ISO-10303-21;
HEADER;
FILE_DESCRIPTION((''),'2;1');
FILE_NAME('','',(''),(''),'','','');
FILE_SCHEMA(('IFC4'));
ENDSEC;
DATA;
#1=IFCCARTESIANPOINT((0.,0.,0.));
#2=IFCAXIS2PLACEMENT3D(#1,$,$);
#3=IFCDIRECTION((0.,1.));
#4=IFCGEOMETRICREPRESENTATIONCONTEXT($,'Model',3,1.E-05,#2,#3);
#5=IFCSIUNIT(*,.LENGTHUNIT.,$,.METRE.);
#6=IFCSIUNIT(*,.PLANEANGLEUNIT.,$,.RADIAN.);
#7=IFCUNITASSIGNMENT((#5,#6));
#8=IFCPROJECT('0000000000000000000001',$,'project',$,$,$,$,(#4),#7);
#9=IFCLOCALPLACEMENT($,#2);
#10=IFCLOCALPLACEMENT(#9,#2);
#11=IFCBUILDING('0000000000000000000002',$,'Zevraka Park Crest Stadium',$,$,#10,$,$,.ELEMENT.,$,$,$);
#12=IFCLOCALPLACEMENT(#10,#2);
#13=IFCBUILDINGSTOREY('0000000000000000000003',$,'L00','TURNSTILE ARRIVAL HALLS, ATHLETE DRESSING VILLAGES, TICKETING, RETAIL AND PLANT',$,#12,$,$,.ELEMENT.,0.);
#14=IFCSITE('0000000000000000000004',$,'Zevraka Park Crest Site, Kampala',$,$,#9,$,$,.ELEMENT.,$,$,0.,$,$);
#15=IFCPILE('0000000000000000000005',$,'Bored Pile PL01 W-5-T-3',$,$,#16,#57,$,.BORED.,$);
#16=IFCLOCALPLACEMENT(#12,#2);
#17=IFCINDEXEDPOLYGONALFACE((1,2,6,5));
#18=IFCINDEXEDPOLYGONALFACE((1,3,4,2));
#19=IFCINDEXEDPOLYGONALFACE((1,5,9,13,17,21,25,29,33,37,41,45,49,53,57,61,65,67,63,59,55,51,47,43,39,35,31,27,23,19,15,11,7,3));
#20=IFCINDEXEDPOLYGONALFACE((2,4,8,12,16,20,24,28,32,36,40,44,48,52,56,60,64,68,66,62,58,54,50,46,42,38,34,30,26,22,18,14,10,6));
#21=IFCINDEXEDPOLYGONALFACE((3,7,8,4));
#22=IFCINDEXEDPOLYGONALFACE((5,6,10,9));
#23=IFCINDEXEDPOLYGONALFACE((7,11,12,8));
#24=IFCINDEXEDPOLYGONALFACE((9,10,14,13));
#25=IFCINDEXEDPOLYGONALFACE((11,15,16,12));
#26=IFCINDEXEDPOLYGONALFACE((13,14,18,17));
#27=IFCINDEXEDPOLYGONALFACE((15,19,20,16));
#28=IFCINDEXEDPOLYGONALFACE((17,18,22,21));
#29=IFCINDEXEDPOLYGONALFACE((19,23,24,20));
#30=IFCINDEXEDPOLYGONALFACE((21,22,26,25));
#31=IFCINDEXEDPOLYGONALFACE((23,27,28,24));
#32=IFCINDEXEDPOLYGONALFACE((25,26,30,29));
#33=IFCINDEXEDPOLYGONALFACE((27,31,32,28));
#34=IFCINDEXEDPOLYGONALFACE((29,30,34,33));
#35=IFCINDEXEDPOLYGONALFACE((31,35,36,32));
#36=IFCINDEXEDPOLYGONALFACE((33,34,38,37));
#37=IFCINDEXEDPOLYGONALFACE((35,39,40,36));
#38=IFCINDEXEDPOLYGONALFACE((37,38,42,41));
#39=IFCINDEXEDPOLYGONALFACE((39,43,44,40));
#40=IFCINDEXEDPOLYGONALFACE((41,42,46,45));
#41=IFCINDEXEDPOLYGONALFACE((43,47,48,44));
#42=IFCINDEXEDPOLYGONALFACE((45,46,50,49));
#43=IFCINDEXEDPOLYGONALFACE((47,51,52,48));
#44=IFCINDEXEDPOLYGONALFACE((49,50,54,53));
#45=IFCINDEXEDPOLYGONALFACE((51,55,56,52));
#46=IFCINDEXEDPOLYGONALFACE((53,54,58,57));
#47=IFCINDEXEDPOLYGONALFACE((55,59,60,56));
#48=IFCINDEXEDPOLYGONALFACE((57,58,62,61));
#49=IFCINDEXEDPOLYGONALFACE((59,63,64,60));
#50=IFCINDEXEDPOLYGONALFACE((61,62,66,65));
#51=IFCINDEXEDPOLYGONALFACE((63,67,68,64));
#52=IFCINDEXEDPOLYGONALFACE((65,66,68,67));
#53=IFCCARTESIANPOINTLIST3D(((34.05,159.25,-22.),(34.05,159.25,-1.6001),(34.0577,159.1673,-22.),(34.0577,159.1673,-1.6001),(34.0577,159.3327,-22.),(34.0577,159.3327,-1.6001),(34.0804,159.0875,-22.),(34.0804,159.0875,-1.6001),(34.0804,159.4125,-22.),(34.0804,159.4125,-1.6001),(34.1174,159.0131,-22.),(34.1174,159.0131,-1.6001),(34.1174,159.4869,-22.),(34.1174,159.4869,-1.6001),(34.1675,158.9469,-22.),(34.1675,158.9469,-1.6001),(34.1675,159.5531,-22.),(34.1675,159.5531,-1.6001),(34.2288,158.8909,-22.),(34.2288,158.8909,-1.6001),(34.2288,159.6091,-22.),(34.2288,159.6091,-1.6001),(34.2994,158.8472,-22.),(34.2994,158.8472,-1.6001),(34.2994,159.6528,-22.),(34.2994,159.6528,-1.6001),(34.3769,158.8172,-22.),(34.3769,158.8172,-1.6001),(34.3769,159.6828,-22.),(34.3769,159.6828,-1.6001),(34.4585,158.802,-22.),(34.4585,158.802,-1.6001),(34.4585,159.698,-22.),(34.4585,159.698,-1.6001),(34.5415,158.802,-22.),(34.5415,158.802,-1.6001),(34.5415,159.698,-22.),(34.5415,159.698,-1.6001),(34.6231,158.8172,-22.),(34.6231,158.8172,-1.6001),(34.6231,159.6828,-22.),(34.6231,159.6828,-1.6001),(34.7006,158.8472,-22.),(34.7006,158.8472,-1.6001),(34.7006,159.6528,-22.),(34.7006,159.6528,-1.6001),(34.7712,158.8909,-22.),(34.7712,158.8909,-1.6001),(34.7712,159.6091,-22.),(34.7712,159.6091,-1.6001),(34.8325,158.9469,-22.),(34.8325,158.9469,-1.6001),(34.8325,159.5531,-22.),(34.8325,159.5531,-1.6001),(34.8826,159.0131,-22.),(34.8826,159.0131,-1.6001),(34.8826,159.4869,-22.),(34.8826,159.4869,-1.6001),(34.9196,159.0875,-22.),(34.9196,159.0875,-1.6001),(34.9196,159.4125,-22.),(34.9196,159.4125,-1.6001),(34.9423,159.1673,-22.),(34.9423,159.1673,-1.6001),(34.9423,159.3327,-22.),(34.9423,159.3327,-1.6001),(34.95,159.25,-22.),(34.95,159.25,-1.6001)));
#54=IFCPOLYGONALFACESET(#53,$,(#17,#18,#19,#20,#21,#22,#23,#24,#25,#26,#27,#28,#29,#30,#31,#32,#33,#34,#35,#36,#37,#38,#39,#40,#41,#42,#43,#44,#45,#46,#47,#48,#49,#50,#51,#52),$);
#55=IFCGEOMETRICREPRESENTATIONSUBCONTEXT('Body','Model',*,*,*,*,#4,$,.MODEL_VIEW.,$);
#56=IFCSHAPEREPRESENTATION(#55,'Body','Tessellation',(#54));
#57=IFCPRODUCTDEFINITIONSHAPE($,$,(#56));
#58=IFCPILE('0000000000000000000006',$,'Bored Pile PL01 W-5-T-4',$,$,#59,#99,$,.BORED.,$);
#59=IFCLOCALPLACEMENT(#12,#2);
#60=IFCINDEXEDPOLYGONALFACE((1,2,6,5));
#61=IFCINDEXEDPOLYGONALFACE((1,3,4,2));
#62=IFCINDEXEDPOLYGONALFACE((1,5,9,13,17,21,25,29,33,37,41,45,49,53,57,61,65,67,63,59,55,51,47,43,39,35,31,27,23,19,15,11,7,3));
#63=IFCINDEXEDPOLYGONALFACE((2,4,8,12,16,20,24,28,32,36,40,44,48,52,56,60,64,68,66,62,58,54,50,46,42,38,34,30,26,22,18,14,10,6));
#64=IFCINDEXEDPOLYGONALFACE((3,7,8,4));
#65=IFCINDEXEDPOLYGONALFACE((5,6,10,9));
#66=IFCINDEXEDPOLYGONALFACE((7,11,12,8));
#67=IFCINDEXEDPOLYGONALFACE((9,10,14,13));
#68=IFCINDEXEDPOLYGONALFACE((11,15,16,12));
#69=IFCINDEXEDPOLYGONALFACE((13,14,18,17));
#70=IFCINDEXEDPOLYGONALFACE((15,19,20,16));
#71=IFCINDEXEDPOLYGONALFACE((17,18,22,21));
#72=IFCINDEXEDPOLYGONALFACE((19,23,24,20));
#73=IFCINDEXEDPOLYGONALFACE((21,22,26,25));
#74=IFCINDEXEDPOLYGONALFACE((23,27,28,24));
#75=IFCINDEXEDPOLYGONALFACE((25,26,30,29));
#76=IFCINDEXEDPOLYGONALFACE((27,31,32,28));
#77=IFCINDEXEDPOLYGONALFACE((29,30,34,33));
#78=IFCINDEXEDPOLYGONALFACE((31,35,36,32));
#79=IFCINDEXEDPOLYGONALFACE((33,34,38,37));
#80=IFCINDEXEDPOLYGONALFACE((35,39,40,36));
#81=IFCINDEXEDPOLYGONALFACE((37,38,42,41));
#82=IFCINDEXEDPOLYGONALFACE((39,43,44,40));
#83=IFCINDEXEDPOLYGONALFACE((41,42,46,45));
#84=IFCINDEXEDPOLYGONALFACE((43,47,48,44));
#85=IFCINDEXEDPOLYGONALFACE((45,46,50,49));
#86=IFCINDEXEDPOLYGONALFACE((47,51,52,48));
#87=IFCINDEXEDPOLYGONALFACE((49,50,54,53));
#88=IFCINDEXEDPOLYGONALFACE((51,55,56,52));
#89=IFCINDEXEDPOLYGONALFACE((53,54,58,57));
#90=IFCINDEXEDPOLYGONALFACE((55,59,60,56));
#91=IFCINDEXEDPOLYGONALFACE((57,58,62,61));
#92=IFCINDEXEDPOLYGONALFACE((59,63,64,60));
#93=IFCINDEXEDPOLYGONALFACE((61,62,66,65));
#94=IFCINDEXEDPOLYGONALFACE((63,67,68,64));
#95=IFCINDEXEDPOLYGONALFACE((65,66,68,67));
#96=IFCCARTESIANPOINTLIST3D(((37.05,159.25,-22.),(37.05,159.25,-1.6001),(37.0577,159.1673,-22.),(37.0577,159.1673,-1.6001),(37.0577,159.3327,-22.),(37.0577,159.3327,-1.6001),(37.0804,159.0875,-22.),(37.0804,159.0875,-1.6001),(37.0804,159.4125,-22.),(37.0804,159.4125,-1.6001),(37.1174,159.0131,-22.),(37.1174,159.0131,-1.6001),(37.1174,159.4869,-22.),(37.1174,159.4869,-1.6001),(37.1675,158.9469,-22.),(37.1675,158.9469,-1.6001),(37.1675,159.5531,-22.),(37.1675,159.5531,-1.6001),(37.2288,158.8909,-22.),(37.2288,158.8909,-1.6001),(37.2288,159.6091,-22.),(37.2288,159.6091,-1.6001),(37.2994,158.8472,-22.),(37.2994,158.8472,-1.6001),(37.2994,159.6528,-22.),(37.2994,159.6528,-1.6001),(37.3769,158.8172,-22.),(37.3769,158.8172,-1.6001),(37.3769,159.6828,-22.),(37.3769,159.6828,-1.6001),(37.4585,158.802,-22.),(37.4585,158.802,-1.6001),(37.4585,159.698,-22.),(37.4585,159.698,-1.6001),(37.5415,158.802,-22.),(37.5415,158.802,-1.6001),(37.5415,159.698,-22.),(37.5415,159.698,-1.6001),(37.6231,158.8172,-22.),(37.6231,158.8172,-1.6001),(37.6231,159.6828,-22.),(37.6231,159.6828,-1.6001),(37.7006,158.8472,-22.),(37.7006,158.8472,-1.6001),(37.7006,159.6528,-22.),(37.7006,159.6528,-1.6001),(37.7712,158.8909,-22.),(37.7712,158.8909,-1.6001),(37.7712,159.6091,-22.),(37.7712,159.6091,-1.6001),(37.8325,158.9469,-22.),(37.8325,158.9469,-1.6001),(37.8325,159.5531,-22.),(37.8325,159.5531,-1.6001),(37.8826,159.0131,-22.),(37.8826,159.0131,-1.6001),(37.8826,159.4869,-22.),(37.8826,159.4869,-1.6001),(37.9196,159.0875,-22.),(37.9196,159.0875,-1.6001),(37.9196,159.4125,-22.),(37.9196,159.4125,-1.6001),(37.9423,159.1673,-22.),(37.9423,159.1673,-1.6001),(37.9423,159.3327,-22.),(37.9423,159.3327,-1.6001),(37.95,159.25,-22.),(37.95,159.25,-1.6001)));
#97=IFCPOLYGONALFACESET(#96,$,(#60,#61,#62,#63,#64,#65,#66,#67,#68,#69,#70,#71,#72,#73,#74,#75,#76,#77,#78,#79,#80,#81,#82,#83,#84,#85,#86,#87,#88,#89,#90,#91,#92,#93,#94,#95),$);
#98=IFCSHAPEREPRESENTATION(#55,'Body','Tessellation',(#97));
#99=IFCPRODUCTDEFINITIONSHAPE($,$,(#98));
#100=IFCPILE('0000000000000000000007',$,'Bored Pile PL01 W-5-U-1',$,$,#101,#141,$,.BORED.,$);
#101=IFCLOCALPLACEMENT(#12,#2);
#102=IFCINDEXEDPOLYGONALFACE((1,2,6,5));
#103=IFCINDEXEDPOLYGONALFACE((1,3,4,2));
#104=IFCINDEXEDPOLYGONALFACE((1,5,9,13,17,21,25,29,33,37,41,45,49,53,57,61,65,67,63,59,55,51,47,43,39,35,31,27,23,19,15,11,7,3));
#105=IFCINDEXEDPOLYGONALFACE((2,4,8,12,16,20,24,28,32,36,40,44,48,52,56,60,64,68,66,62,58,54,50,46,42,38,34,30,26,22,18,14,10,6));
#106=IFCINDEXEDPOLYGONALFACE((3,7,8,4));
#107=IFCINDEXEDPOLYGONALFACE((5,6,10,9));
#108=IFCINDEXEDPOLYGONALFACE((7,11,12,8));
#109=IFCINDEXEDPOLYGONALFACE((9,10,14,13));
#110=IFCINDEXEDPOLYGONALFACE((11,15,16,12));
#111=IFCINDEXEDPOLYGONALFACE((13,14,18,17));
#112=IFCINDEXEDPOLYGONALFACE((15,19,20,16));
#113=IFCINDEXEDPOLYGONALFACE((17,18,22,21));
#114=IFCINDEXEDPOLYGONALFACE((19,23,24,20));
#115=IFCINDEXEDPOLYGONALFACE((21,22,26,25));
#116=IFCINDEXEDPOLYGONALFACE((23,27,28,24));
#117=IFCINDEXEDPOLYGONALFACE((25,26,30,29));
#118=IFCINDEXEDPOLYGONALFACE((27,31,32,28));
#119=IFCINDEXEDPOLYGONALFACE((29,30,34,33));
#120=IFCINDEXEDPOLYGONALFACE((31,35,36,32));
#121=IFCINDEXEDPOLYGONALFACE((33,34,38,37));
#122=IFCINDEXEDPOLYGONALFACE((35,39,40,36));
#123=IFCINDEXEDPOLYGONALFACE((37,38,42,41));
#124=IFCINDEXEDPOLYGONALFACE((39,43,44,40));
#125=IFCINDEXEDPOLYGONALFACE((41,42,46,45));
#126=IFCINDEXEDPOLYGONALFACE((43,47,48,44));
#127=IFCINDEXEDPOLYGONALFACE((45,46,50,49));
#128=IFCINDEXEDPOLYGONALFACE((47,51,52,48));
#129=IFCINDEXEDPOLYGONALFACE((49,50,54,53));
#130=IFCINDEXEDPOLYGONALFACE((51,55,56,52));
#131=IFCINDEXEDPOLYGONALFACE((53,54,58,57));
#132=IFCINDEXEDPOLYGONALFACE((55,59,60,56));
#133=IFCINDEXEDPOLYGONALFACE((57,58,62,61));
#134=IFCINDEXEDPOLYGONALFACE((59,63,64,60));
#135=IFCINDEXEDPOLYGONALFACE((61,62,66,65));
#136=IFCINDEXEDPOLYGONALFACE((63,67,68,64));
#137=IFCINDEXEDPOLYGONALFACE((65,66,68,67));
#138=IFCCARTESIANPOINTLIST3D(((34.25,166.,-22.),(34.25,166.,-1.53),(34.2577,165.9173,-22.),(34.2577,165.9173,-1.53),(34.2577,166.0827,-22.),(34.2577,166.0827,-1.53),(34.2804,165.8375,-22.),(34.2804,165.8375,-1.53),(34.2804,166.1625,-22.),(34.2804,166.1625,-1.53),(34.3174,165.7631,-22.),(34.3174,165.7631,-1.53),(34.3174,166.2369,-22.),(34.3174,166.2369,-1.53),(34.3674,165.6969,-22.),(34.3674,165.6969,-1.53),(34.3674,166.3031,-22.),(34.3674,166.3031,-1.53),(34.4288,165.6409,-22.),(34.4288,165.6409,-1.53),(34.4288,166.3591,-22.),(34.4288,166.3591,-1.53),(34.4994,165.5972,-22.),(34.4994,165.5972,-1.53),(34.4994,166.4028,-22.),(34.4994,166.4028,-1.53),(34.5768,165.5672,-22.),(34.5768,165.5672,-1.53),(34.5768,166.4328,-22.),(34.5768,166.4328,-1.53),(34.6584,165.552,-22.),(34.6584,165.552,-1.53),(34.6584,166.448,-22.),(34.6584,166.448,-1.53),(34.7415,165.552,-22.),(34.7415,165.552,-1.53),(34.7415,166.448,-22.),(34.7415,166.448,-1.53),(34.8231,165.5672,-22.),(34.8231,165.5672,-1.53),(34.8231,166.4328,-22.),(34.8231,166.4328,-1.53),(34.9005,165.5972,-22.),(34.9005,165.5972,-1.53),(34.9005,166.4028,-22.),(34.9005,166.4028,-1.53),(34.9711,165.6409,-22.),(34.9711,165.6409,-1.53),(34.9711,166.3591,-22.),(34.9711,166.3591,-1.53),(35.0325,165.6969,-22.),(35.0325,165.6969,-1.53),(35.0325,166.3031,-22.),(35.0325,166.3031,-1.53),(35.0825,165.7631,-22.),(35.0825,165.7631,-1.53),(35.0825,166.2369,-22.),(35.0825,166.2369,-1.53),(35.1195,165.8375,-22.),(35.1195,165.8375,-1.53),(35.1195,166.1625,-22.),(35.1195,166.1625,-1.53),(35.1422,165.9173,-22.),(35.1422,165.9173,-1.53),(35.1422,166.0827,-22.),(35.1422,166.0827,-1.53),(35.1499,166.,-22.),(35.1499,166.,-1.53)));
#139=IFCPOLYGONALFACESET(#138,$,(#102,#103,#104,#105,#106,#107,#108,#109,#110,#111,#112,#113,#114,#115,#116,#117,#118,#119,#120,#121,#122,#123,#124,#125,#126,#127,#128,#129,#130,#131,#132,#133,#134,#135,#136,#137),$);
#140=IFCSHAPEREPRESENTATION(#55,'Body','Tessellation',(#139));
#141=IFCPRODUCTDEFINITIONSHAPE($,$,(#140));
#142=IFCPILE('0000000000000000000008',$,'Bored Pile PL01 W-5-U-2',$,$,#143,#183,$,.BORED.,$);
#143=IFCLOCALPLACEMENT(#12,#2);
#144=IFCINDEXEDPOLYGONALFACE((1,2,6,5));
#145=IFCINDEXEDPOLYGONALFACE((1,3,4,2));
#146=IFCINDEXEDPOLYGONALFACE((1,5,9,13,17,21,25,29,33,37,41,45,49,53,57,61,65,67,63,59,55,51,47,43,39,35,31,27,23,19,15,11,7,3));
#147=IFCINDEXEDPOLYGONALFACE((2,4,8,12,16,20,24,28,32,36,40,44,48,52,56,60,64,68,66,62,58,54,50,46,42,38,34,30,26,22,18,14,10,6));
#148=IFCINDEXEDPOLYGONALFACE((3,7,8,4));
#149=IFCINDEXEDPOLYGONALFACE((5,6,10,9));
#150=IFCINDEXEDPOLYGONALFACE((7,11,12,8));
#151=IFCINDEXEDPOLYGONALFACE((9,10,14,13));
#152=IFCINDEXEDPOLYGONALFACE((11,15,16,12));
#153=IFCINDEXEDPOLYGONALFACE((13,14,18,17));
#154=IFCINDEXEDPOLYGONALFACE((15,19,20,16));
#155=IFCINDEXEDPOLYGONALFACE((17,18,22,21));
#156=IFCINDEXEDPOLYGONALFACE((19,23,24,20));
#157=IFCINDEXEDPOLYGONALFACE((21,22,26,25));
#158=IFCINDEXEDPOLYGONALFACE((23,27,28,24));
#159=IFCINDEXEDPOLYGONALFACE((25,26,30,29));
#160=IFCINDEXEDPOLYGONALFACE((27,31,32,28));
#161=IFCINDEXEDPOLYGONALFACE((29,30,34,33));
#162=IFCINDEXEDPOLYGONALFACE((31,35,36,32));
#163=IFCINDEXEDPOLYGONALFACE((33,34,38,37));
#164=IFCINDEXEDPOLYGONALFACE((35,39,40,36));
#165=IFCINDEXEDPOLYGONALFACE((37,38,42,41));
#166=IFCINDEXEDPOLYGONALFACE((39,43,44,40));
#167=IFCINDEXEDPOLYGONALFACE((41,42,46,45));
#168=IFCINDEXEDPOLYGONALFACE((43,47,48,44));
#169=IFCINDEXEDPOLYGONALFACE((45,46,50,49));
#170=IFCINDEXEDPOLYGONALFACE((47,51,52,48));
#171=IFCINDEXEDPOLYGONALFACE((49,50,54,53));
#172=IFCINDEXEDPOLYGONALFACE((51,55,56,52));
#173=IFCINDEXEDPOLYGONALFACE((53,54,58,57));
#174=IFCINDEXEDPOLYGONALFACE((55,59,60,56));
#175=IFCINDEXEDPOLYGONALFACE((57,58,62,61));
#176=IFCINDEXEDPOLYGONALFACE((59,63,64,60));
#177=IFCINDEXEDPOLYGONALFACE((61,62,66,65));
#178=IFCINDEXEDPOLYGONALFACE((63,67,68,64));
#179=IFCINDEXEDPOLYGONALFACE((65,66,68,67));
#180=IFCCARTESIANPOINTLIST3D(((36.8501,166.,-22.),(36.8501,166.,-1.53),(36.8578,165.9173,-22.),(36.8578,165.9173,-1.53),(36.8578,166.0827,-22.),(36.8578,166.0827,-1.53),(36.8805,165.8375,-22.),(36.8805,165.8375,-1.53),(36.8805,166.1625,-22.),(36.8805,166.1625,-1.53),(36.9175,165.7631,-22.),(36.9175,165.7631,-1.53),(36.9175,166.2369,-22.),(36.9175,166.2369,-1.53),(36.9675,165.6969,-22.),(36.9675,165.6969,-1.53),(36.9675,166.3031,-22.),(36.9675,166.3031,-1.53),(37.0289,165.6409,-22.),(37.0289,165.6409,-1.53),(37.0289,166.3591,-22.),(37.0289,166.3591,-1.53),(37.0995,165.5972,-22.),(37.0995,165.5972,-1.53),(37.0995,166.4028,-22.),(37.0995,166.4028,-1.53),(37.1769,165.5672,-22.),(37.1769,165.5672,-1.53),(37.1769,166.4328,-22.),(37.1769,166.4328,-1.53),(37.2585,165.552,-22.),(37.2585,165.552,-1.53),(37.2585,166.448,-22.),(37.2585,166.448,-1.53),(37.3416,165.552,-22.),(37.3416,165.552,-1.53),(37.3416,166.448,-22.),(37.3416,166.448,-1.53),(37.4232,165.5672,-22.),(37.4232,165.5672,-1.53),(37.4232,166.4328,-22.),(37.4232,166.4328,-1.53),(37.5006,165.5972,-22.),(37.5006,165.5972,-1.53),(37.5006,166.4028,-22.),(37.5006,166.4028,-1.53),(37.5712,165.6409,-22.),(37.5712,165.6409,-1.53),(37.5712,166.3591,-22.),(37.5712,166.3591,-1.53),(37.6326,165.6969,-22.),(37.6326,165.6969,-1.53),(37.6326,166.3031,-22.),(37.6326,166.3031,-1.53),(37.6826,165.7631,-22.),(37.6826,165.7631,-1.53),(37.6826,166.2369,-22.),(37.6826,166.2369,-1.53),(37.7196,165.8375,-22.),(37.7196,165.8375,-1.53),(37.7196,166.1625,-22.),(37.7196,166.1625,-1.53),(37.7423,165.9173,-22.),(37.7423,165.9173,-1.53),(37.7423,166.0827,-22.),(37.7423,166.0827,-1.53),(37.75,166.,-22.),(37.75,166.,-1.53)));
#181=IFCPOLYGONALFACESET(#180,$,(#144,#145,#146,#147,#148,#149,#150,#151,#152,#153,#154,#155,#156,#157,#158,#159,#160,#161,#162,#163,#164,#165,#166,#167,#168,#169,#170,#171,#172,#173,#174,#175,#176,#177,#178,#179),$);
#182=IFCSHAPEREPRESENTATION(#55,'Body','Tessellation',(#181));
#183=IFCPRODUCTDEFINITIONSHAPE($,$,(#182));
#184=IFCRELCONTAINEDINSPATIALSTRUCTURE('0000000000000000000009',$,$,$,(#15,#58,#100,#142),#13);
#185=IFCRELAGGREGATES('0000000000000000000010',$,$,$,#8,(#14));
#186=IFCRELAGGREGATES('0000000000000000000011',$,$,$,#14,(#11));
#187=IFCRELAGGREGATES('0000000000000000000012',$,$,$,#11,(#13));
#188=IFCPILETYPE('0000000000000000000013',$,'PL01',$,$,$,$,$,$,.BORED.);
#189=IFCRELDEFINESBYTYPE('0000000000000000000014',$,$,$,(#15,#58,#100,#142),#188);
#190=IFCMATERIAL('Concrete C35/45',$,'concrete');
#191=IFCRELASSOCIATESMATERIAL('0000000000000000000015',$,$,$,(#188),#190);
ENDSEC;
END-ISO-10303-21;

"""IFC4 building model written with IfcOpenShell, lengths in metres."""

from ifc_helpers import new_model, si_unit, direction, frame, origin, origin_2d, place, context, subcontext, project, spatial, circle, extrude, material, material_profile, profile_set, type_object, element, save


model = new_model("IFC4")

# Units and contexts
model_context = context("Model", 3, precision=1e-05, world=origin(), true_north=direction((0.0, 1.0)))
body_context = subcontext(model_context, "Body", "Model", "MODEL_VIEW")
ifc_project = project(units=[si_unit("LENGTHUNIT", "METRE"), si_unit("PLANEANGLEUNIT", "RADIAN")], contexts=[model_context])

# Site, building, storey
site_placement = place(None, origin())
site = spatial("IfcSite", under=ifc_project, at=site_placement, Name="Zevraka Park Crest Site, Kampala", CompositionType="ELEMENT", RefElevation=0.0)
building_placement = place(site_placement, origin())
building = spatial("IfcBuilding", under=site, at=building_placement, Name="Zevraka Park Crest Stadium", CompositionType="ELEMENT")
storey_placement = place(building_placement, origin())
storey = spatial("IfcBuildingStorey", under=building, at=storey_placement, Name="L00", Description="TURNSTILE ARRIVAL HALLS, ATHLETE DRESSING VILLAGES, TICKETING, RETAIL AND PLANT", CompositionType="ELEMENT", Elevation=0.0)

# Piles
ifc_material_1 = material(Name="Concrete C35/45", Category="concrete")
ifc_material_profile_1 = material_profile(ifc_material_1, circle(Radius=0.45, at=origin_2d()), Name="PILE D900")
ifc_profile_set_1 = profile_set([ifc_material_profile_1], Name="Concrete C35/45")
pile_type_1 = type_object("IfcPileType", Name="PL01", PredefinedType="BORED", material=ifc_profile_set_1)
for number, where, z_axis, x_axis, name in (
    (1, (34.5, 159.25, -1.6001), (0.0, 0.0, -1.0), (1.0, 0.0, 0.0), "Bored Pile PL01 W-5-T-3"),
    (2, (37.5, 159.25, -1.6001), (0.0, 0.0, -1.0), (1.0, 0.0, 0.0), "Bored Pile PL01 W-5-T-4"),
):
    element("IfcPile", number, at=place(storey_placement, frame(where, z_axis=z_axis, x_axis=x_axis)), inside=storey, type_object=pile_type_1, Name=name, PredefinedType="BORED", context=body_context, shape_type="SweptSolid", body=[
        extrude(circle(Radius=0.45, at=origin_2d()), origin(), (0.0, 0.0, 1.0), 20.3999),
    ])
for number, where, z_axis, x_axis, name in (
    (3, (34.7, 166.0, -1.53), (0.0, 0.0, -1.0), (1.0, 0.0, 0.0), "Bored Pile PL01 W-5-U-1"),
    (4, (37.3, 166.0, -1.53), (0.0, 0.0, -1.0), (1.0, 0.0, 0.0), "Bored Pile PL01 W-5-U-2"),
):
    element("IfcPile", number, at=place(storey_placement, frame(where, z_axis=z_axis, x_axis=x_axis)), inside=storey, type_object=pile_type_1, Name=name, PredefinedType="BORED", context=body_context, shape_type="SweptSolid", body=[
        extrude(circle(Radius=0.45, at=origin_2d()), origin(), (0.0, 0.0, 1.0), 20.47),
    ])

save(model, "model.ifc")
